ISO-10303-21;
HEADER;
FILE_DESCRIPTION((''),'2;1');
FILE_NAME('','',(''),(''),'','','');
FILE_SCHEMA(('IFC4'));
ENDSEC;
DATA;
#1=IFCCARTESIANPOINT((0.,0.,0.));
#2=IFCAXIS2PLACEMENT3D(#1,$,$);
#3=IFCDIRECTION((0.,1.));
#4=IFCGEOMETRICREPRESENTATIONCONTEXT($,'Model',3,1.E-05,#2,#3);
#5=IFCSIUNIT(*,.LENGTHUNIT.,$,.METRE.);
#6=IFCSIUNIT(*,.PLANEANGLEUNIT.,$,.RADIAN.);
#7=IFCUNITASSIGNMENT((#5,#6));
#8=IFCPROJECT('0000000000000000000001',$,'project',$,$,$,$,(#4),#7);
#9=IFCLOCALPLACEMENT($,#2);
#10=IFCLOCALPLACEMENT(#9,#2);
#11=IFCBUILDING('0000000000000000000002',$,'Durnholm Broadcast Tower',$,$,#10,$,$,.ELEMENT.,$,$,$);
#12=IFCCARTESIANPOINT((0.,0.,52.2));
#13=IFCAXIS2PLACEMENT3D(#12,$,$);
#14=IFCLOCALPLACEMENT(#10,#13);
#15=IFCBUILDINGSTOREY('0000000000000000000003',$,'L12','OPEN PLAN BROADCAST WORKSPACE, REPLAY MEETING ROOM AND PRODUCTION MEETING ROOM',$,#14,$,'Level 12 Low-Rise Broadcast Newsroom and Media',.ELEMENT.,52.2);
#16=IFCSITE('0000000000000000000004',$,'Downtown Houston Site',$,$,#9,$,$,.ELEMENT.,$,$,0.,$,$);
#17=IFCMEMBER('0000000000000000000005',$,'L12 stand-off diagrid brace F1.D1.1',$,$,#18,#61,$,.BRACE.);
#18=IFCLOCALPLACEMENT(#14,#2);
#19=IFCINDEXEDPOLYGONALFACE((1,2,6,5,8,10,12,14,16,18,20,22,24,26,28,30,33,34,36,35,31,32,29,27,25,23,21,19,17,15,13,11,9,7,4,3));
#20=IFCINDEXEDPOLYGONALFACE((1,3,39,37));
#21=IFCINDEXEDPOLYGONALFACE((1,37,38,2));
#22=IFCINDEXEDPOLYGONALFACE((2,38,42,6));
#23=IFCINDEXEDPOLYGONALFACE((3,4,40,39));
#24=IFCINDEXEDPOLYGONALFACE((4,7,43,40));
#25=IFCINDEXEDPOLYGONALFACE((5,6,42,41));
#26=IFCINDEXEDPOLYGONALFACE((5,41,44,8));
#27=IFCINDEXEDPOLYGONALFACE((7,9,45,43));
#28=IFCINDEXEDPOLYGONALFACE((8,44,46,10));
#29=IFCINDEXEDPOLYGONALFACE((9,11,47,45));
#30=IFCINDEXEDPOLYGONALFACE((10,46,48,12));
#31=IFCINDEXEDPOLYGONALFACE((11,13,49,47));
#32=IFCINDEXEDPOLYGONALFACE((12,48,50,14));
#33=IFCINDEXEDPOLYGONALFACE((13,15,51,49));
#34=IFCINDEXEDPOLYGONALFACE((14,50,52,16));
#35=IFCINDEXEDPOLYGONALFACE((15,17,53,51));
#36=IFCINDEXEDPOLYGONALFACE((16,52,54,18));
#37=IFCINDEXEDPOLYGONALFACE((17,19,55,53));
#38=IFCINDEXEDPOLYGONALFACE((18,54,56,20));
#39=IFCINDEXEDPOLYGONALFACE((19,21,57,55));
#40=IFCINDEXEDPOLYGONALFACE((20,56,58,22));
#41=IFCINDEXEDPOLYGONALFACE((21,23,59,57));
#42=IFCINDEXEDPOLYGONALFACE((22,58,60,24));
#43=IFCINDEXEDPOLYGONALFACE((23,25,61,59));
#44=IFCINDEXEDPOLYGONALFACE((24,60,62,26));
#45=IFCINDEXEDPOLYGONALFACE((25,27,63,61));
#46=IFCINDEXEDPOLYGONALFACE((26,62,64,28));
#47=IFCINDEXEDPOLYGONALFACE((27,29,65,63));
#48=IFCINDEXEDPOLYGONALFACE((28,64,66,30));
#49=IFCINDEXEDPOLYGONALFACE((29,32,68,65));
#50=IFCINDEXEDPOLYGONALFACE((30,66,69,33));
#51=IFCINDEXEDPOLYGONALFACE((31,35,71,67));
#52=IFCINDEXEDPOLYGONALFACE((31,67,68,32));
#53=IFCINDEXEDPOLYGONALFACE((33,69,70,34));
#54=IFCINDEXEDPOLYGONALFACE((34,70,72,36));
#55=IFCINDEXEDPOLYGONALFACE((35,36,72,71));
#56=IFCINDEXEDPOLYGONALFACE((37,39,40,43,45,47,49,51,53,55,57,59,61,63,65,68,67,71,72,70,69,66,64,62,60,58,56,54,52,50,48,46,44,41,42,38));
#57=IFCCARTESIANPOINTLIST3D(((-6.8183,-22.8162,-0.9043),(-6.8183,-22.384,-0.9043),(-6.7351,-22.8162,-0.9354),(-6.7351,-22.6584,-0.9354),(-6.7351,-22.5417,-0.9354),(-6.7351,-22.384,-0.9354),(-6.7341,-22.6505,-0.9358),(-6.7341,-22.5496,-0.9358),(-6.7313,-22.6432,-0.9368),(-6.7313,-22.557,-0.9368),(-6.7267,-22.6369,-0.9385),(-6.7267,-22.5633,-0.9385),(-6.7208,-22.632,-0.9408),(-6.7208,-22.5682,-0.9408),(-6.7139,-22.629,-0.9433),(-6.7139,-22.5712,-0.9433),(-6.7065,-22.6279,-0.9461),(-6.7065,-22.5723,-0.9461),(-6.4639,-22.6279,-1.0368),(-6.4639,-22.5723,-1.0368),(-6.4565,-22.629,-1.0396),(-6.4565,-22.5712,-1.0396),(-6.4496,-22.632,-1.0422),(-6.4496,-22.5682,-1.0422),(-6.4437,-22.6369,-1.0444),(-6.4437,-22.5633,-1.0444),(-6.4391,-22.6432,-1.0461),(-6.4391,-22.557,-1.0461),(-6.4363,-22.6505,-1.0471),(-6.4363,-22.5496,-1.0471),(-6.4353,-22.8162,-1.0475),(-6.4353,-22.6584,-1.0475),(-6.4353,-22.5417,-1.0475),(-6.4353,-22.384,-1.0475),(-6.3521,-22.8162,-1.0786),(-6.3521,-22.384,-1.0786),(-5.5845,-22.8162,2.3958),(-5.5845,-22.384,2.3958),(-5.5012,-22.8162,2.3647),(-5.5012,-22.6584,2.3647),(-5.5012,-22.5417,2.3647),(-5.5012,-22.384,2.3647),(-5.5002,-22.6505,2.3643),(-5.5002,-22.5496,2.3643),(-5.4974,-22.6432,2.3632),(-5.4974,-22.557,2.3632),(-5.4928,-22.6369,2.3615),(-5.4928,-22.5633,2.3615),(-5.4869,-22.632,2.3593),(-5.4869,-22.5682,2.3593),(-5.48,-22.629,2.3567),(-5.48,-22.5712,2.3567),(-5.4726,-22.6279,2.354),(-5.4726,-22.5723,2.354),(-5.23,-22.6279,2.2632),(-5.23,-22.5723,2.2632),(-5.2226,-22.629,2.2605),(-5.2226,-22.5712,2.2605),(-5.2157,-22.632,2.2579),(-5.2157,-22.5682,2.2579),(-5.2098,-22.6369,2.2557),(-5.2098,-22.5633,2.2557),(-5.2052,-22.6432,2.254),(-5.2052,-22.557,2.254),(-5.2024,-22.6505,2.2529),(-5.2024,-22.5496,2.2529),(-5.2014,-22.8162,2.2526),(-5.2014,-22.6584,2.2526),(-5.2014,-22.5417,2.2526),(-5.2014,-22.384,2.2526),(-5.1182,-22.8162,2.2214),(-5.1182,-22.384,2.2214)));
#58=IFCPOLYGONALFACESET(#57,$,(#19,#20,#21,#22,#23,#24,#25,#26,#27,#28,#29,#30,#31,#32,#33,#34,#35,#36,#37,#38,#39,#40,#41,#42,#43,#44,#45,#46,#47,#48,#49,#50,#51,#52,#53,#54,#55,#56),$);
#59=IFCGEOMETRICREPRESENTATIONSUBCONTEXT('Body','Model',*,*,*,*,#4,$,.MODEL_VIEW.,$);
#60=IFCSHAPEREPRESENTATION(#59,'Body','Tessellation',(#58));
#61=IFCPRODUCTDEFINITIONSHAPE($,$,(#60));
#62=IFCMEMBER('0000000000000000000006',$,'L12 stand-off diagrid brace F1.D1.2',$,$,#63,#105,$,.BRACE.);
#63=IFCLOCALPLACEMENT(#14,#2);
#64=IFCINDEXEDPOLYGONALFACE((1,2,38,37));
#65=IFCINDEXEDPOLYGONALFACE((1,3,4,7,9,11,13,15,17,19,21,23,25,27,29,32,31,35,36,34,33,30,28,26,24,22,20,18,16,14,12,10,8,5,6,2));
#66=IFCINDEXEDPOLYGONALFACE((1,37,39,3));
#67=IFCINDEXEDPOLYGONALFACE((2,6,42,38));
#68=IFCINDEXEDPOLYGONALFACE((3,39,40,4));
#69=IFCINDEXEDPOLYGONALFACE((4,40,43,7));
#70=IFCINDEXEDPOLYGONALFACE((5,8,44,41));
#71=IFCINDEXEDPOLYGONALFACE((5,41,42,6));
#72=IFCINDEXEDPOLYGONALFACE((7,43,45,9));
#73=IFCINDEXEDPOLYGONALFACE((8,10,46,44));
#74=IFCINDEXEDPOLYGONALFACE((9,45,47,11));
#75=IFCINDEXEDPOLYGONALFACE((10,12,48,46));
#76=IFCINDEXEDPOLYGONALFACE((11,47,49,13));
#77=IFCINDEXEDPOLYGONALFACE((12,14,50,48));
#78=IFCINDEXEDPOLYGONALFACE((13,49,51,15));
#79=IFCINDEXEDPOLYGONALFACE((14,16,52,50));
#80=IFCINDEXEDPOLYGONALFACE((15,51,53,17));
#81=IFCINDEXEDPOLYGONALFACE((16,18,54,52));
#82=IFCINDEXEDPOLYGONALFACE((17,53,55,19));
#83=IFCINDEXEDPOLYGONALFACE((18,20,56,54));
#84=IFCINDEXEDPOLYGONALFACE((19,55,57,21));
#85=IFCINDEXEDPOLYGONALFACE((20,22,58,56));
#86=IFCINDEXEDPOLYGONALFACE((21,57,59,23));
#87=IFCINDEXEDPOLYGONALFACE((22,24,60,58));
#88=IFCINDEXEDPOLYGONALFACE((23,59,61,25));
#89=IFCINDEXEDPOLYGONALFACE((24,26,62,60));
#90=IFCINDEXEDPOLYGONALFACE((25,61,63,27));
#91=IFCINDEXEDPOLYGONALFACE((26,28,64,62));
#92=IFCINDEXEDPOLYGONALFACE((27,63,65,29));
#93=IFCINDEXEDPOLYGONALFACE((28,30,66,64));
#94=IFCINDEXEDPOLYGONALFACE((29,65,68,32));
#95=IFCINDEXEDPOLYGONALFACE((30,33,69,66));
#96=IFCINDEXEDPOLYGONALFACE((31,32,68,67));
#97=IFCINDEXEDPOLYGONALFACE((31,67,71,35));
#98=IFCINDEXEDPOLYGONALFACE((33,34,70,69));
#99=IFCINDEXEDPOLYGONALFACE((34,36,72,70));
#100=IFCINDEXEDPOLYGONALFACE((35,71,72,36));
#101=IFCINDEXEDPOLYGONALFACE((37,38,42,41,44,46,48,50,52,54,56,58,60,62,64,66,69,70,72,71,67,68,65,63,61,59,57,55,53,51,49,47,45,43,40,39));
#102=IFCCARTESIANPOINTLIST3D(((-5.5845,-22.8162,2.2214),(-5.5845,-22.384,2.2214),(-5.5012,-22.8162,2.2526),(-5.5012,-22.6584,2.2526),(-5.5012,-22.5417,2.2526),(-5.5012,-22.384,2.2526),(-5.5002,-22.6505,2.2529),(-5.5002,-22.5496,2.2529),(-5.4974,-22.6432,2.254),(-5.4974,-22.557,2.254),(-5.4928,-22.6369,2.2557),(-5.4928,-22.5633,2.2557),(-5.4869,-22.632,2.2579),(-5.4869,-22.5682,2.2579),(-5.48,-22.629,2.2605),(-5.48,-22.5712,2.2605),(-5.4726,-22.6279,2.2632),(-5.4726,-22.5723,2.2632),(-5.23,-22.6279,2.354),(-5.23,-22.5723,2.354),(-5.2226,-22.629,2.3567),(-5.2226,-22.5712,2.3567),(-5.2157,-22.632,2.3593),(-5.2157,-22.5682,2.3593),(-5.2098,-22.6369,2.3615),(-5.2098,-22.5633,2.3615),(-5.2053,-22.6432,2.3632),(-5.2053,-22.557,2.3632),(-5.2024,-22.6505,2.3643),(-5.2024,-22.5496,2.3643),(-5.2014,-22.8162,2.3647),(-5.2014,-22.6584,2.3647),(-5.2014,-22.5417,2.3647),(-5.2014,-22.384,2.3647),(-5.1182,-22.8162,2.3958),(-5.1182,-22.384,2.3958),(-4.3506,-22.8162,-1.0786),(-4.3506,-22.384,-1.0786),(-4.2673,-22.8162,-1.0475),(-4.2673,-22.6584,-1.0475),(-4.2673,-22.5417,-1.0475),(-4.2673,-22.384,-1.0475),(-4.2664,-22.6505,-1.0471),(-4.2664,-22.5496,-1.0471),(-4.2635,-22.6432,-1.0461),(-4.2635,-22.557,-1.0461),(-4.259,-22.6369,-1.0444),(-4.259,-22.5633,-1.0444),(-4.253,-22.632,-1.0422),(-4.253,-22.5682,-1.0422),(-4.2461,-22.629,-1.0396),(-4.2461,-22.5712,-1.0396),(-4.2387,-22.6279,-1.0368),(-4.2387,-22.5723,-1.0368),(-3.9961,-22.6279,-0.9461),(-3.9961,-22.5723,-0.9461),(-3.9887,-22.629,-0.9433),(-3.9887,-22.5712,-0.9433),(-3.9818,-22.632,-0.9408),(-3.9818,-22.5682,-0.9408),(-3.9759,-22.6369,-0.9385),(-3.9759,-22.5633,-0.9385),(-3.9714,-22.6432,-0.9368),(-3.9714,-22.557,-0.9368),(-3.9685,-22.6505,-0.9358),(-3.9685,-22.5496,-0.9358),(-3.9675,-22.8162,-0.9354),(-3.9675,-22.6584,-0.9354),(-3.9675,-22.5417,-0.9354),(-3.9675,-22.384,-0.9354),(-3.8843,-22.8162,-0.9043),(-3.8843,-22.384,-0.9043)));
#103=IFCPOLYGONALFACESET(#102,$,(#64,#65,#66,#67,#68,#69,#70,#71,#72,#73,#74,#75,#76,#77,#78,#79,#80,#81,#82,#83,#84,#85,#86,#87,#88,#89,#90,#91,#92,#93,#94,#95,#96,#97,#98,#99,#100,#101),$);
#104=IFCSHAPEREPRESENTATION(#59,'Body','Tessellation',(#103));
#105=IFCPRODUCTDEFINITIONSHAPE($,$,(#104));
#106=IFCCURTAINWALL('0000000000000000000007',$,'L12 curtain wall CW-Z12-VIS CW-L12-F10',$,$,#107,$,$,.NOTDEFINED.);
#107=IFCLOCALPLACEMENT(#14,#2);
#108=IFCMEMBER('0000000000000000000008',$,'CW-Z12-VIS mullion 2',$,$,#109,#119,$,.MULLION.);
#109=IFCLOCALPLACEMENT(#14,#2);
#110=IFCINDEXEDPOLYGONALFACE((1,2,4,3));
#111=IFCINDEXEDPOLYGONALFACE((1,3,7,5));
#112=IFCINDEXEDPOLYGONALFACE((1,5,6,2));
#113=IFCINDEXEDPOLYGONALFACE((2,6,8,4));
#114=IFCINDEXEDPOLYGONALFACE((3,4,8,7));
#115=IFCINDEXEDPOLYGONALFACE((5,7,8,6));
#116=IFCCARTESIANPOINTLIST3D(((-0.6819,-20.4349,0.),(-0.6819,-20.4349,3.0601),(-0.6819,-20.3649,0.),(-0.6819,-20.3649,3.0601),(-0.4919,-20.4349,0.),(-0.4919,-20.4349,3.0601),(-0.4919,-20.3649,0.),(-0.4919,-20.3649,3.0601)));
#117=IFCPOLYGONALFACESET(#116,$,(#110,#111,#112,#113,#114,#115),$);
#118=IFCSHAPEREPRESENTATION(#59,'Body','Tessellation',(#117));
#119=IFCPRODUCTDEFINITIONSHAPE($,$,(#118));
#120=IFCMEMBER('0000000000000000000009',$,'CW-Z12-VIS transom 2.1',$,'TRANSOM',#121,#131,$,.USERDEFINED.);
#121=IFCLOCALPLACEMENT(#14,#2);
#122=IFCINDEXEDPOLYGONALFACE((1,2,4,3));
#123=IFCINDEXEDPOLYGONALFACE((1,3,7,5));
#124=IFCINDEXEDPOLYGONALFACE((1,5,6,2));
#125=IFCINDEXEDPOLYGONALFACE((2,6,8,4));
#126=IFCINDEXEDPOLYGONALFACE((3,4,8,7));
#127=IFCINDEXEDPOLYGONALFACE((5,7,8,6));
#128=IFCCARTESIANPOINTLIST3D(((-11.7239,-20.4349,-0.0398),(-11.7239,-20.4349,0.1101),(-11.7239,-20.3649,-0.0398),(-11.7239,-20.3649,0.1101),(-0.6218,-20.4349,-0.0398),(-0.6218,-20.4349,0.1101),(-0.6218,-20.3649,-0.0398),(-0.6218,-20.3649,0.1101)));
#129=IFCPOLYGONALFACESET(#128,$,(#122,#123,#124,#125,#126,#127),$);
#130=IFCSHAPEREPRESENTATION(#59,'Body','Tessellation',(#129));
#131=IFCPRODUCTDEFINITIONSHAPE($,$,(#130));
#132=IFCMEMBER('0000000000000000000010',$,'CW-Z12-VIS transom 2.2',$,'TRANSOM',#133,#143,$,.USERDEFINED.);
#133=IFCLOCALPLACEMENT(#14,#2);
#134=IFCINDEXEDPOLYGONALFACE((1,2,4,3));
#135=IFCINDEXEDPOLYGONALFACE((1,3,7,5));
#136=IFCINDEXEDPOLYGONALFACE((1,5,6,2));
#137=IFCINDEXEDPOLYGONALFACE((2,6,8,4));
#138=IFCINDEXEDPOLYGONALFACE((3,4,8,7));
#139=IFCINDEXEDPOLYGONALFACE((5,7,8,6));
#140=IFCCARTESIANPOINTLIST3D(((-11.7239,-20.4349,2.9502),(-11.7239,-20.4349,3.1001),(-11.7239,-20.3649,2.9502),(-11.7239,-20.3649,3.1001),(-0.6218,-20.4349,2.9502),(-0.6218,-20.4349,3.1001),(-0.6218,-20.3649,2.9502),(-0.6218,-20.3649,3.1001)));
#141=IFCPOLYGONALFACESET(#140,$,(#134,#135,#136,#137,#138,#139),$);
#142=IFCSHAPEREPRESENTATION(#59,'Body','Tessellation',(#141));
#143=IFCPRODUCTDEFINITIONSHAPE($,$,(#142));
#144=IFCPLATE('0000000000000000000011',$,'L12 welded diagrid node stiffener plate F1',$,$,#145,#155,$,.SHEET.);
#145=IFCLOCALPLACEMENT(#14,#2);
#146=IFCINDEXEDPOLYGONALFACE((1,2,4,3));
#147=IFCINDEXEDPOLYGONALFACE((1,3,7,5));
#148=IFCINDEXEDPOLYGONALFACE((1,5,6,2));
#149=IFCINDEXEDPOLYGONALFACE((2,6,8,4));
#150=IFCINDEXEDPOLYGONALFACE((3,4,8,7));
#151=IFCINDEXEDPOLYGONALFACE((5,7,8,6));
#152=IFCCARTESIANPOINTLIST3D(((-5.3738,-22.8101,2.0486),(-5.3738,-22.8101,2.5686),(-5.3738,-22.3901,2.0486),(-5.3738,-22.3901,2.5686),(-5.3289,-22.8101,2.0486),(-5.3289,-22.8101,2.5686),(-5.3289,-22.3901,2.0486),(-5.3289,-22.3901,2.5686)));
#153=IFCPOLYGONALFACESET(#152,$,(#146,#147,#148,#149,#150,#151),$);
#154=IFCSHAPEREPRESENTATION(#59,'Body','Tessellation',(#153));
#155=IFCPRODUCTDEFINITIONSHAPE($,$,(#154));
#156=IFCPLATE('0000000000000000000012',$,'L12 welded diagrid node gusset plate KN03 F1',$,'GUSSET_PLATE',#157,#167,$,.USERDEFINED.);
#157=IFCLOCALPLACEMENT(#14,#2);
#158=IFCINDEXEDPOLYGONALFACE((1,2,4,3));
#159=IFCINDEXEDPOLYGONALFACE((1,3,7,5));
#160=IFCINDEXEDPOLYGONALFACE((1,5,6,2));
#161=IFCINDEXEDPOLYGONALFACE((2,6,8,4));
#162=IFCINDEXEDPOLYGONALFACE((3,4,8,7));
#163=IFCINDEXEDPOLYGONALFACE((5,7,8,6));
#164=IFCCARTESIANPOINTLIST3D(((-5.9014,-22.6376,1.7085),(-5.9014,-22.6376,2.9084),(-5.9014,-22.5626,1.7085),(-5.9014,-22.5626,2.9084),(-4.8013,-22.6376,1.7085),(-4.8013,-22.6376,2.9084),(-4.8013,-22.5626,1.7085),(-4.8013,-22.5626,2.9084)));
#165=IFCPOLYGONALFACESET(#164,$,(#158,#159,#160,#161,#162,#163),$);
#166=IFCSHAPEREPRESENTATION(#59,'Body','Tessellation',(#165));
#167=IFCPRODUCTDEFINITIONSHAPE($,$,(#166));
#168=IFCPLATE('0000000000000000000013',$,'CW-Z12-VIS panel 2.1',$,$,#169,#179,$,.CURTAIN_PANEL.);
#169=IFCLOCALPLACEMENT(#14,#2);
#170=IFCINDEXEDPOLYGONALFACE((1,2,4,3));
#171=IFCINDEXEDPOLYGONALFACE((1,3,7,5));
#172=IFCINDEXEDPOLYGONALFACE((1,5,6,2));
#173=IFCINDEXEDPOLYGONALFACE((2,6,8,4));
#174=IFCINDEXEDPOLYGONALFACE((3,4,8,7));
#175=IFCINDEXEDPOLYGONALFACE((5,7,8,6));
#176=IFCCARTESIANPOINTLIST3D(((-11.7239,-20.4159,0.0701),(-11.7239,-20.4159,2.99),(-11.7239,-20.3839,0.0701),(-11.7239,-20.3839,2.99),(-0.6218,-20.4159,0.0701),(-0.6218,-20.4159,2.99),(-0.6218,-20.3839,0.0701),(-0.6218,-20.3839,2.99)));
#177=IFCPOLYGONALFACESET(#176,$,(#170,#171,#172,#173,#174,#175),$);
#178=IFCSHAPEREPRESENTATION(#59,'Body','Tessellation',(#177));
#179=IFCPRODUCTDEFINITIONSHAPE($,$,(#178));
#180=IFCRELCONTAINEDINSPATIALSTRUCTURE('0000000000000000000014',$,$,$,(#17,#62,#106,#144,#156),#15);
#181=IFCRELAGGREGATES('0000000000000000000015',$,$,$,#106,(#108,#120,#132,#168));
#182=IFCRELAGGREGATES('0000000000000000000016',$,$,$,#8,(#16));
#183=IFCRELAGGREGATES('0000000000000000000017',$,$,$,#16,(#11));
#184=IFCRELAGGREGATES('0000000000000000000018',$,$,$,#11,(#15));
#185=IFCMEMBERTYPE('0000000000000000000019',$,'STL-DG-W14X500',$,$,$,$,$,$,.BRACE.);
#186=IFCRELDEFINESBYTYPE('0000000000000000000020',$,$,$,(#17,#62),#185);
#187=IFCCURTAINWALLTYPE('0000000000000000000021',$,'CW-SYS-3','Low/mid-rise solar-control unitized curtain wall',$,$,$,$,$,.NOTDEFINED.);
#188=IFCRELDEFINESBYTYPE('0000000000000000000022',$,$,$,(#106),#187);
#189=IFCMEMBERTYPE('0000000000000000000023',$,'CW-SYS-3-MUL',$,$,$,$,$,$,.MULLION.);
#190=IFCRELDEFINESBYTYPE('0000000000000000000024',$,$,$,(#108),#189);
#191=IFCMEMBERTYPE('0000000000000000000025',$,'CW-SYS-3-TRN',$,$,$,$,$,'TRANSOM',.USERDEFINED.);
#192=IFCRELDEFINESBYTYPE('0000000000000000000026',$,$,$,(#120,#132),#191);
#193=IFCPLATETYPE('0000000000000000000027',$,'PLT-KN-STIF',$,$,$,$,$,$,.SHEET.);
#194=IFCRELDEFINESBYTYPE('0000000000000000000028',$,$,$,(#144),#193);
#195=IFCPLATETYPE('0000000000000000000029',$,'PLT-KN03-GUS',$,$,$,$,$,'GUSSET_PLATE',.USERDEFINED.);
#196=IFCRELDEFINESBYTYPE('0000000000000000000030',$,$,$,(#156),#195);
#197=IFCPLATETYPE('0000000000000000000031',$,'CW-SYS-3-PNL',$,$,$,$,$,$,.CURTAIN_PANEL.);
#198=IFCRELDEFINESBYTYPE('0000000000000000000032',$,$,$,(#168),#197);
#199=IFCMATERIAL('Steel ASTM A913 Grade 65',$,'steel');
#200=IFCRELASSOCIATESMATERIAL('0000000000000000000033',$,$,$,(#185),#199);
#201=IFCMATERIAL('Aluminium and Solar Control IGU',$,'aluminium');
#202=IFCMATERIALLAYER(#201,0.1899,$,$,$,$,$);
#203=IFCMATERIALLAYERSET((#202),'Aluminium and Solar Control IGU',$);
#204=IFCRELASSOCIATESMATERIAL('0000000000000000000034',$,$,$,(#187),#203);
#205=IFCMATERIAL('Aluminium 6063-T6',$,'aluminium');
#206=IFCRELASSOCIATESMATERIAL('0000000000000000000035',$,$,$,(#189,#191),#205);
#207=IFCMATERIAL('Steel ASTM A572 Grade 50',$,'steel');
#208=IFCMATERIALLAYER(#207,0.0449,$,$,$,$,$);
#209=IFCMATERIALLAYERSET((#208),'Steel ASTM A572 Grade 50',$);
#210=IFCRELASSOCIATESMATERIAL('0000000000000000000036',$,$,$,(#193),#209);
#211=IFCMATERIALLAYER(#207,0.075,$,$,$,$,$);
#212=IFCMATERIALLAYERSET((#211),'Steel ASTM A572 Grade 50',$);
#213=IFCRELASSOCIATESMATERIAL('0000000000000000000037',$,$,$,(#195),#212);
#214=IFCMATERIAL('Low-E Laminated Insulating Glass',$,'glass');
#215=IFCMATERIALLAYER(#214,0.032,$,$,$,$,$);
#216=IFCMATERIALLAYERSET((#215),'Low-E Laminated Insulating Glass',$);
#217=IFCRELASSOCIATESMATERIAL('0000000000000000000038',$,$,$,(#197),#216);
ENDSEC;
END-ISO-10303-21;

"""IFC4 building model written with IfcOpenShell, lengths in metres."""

from ifc_helpers import new_model, si_unit, direction, frame, origin, origin_2d, place, context, subcontext, project, spatial, rectangle, i_section, extrude, source, transform, mapped, material, layer, layer_set, material_profile, profile_set, type_object, type_shapes, element, aggregate, save


model = new_model("IFC4")

# Units and contexts
model_context = context("Model", 3, precision=1e-05, world=origin(), true_north=direction((0.0, 1.0)))
body_context = subcontext(model_context, "Body", "Model", "MODEL_VIEW")
ifc_project = project(units=[si_unit("LENGTHUNIT", "METRE"), si_unit("PLANEANGLEUNIT", "RADIAN")], contexts=[model_context])

# Site, building, storey
site_placement = place(None, origin())
site = spatial("IfcSite", under=ifc_project, at=site_placement, Name="Downtown Houston Site", CompositionType="ELEMENT", RefElevation=0.0)
building_placement = place(site_placement, origin())
building = spatial("IfcBuilding", under=site, at=building_placement, Name="Durnholm Broadcast Tower", CompositionType="ELEMENT")
storey_placement = place(building_placement, frame((0.0, 0.0, 52.2)))
storey = spatial("IfcBuildingStorey", under=building, at=storey_placement, Name="L12", Description="OPEN PLAN BROADCAST WORKSPACE, REPLAY MEETING ROOM AND PRODUCTION MEETING ROOM", LongName="Level 12 Low-Rise Broadcast Newsroom and Media", CompositionType="ELEMENT", Elevation=52.2)

# Members
ifc_material_1 = material(Name="Steel ASTM A913 Grade 65", Category="steel")
ifc_material_profile_1 = material_profile(ifc_material_1, i_section(OverallWidth=0.4321, OverallDepth=0.4978, WebThickness=0.0557, FlangeThickness=0.0889, FilletRadius=0.0305, at=origin_2d()), Name="W14X500")
ifc_profile_set_1 = profile_set([ifc_material_profile_1], Name="Steel ASTM A913 Grade 65")
member_type_1 = type_object("IfcMemberType", Name="STL-DG-W14X500", PredefinedType="BRACE", material=ifc_profile_set_1)
shared_shape_1 = source(origin(), body_context, "Body", "SweptSolid", [
    extrude(i_section(OverallWidth=0.4321, OverallDepth=0.4978, WebThickness=0.0557, FlangeThickness=0.0889, FilletRadius=0.0305, at=origin_2d()), origin(), (0.0, 0.0, 1.0), 3.5232),
])
type_shapes(member_type_1, [shared_shape_1])
for number, where, z_axis, x_axis, name in (
    (1, (-6.5852, -22.6001, -0.9915), (0.35022, 0.0, 0.936668), (0.0, 1.0, 0.0), "L12 stand-off diagrid brace F1.D1.1"),
    (2, (-4.1174, -22.6001, -0.9915), (-0.35022, 0.0, 0.936668), (0.0, -1.0, 0.0), "L12 stand-off diagrid brace F1.D1.2"),
):
    element("IfcMember", number, at=place(storey_placement, frame(where, z_axis=z_axis, x_axis=x_axis)), inside=storey, type_object=member_type_1, Name=name, PredefinedType="BRACE", context=body_context, shape_type="MappedRepresentation", body=[
        mapped(shared_shape_1, transform((0.0, 0.0, 0.0), x_axis=(1.0, 0.0, 0.0), y_axis=(0.0, 1.0, 0.0), z_axis=(0.0, 0.0, 1.0), scale=1.0)),
    ])

# Curtain wall, members
ifc_material_2 = material(Name="Aluminium and Solar Control IGU", Category="aluminium")
ifc_layer_1 = layer(ifc_material_2, 0.1899)
ifc_layer_set_1 = layer_set([ifc_layer_1], Name="Aluminium and Solar Control IGU")
curtain_wall_type = type_object("IfcCurtainWallType", Name="CW-SYS-3", Description="Low/mid-rise solar-control unitized curtain wall", PredefinedType="NOTDEFINED", material=ifc_layer_set_1)
curtain_wall_placement = place(storey_placement, origin())
curtain_wall = element("IfcCurtainWall", 3, at=curtain_wall_placement, inside=storey, type_object=curtain_wall_type, Name="L12 curtain wall CW-Z12-VIS CW-L12-F10", PredefinedType="NOTDEFINED")
ifc_material_3 = material(Name="Aluminium 6063-T6", Category="aluminium")
ifc_material_profile_2 = material_profile(ifc_material_3, rectangle(XDim=0.0701, YDim=0.1899, at=origin_2d()), Name="CWM70X190")
ifc_profile_set_2 = profile_set([ifc_material_profile_2], Name="Aluminium 6063-T6")
member_type_2 = type_object("IfcMemberType", Name="CW-SYS-3-MUL", PredefinedType="MULLION", material=ifc_profile_set_2)
shared_shape_2 = source(origin(), body_context, "Body", "SweptSolid", [
    extrude(rectangle(XDim=0.0701, YDim=0.1899, at=origin_2d()), origin(), (0.0, 0.0, 1.0), 3.0601),
])
type_shapes(member_type_2, [shared_shape_2])
member_1_placement = place(storey_placement, frame((-0.5869, -20.3999, 0.0), z_axis=(0.0, 0.0, 1.0), x_axis=(0.0, -1.0, 0.0)))
member_1 = element("IfcMember", 4, at=member_1_placement, type_object=member_type_2, Name="CW-Z12-VIS mullion 2", PredefinedType="MULLION", context=body_context, shape_type="MappedRepresentation", body=[
    mapped(shared_shape_2, transform((0.0, 0.0, 0.0), x_axis=(1.0, 0.0, 0.0), y_axis=(0.0, 1.0, 0.0), z_axis=(0.0, 0.0, 1.0), scale=1.0)),
])
ifc_material_profile_3 = material_profile(ifc_material_3, rectangle(XDim=0.0701, YDim=0.1499, at=origin_2d()), Name="CWT70X150")
ifc_profile_set_3 = profile_set([ifc_material_profile_3], Name="Aluminium 6063-T6")
member_type_3 = type_object("IfcMemberType", Name="CW-SYS-3-TRN", ElementType="TRANSOM", PredefinedType="USERDEFINED", material=ifc_profile_set_3)
shared_shape_3 = source(origin(), body_context, "Body", "SweptSolid", [
    extrude(rectangle(XDim=0.0701, YDim=0.1499, at=origin_2d()), origin(), (0.0, 0.0, 1.0), 11.1021),
])
type_shapes(member_type_3, [shared_shape_3])
member_2_placement = place(storey_placement, frame((-0.6218, -20.3999, 0.0352), z_axis=(-1.0, 0.0, 0.0), x_axis=(0.0, -1.0, 0.0)))
member_2 = element("IfcMember", 5, at=member_2_placement, type_object=member_type_3, Name="CW-Z12-VIS transom 2.1", ObjectType="TRANSOM", PredefinedType="USERDEFINED", context=body_context, shape_type="MappedRepresentation", body=[
    mapped(shared_shape_3, transform((0.0, 0.0, 0.0), x_axis=(1.0, 0.0, 0.0), y_axis=(0.0, 1.0, 0.0), z_axis=(0.0, 0.0, 1.0), scale=1.0)),
])
member_3_placement = place(storey_placement, frame((-0.6218, -20.3999, 3.0251), z_axis=(-1.0, 0.0, 0.0), x_axis=(0.0, -1.0, 0.0)))
member_3 = element("IfcMember", 6, at=member_3_placement, type_object=member_type_3, Name="CW-Z12-VIS transom 2.2", ObjectType="TRANSOM", PredefinedType="USERDEFINED", context=body_context, shape_type="MappedRepresentation", body=[
    mapped(shared_shape_3, transform((0.0, 0.0, 0.0), x_axis=(1.0, 0.0, 0.0), y_axis=(0.0, 1.0, 0.0), z_axis=(0.0, 0.0, 1.0), scale=1.0)),
])

# Plates
ifc_material_4 = material(Name="Steel ASTM A572 Grade 50", Category="steel")
ifc_layer_2 = layer(ifc_material_4, 0.0449)
ifc_layer_set_2 = layer_set([ifc_layer_2], Name="Steel ASTM A572 Grade 50")
plate_type_1 = type_object("IfcPlateType", Name="PLT-KN-STIF", PredefinedType="SHEET", material=ifc_layer_set_2)
shared_shape_4 = source(origin(), body_context, "Body", "SweptSolid", [
    extrude(rectangle(XDim=0.0449, YDim=0.4199, at=origin_2d()), origin(), (0.0, 0.0, 1.0), 0.52),
])
type_shapes(plate_type_1, [shared_shape_4])
plate_1_placement = place(storey_placement, frame((-5.3513, -22.6001, 2.0486), z_axis=(0.0, 0.0, 1.0), x_axis=(1.0, 0.0, 0.0)))
element("IfcPlate", 7, at=plate_1_placement, inside=storey, type_object=plate_type_1, Name="L12 welded diagrid node stiffener plate F1", PredefinedType="SHEET", context=body_context, shape_type="MappedRepresentation", body=[
    mapped(shared_shape_4, transform((0.0, 0.0, 0.0), x_axis=(1.0, 0.0, 0.0), y_axis=(0.0, 1.0, 0.0), z_axis=(0.0, 0.0, 1.0), scale=1.0)),
])
ifc_layer_3 = layer(ifc_material_4, 0.075)
ifc_layer_set_3 = layer_set([ifc_layer_3], Name="Steel ASTM A572 Grade 50")
plate_type_2 = type_object("IfcPlateType", Name="PLT-KN03-GUS", ElementType="GUSSET_PLATE", PredefinedType="USERDEFINED", material=ifc_layer_set_3)
shared_shape_5 = source(origin(), body_context, "Body", "SweptSolid", [
    extrude(rectangle(XDim=1.1001, YDim=0.075, at=origin_2d()), origin(), (0.0, 0.0, 1.0), 1.2),
])
type_shapes(plate_type_2, [shared_shape_5])
plate_2_placement = place(storey_placement, frame((-5.3513, -22.6001, 1.7085), z_axis=(0.0, 0.0, 1.0), x_axis=(1.0, 0.0, 0.0)))
element("IfcPlate", 8, at=plate_2_placement, inside=storey, type_object=plate_type_2, Name="L12 welded diagrid node gusset plate KN03 F1", ObjectType="GUSSET_PLATE", PredefinedType="USERDEFINED", context=body_context, shape_type="MappedRepresentation", body=[
    mapped(shared_shape_5, transform((0.0, 0.0, 0.0), x_axis=(1.0, 0.0, 0.0), y_axis=(0.0, 1.0, 0.0), z_axis=(0.0, 0.0, 1.0), scale=1.0)),
])

# Plate
ifc_material_5 = material(Name="Low-E Laminated Insulating Glass", Category="glass")
ifc_layer_4 = layer(ifc_material_5, 0.032)
ifc_layer_set_4 = layer_set([ifc_layer_4], Name="Low-E Laminated Insulating Glass")
plate_type_3 = type_object("IfcPlateType", Name="CW-SYS-3-PNL", PredefinedType="CURTAIN_PANEL", material=ifc_layer_set_4)
shared_shape_6 = source(origin(), body_context, "Body", "SweptSolid", [
    extrude(rectangle(XDim=11.1021, YDim=0.032, at=origin_2d()), origin(), (0.0, 0.0, 1.0), 2.9199),
])
type_shapes(plate_type_3, [shared_shape_6])
plate_3_placement = place(storey_placement, frame((-6.1729, -20.3999, 0.0701), z_axis=(0.0, 0.0, 1.0), x_axis=(-1.0, 0.0, 0.0)))
plate_3 = element("IfcPlate", 9, at=plate_3_placement, type_object=plate_type_3, Name="CW-Z12-VIS panel 2.1", PredefinedType="CURTAIN_PANEL", context=body_context, shape_type="MappedRepresentation", body=[
    mapped(shared_shape_6, transform((0.0, 0.0, 0.0), x_axis=(1.0, 0.0, 0.0), y_axis=(0.0, 1.0, 0.0), z_axis=(0.0, 0.0, 1.0), scale=1.0)),
])
aggregate(curtain_wall, [member_1, member_2, member_3, plate_3])

save(model, "model.ifc")
